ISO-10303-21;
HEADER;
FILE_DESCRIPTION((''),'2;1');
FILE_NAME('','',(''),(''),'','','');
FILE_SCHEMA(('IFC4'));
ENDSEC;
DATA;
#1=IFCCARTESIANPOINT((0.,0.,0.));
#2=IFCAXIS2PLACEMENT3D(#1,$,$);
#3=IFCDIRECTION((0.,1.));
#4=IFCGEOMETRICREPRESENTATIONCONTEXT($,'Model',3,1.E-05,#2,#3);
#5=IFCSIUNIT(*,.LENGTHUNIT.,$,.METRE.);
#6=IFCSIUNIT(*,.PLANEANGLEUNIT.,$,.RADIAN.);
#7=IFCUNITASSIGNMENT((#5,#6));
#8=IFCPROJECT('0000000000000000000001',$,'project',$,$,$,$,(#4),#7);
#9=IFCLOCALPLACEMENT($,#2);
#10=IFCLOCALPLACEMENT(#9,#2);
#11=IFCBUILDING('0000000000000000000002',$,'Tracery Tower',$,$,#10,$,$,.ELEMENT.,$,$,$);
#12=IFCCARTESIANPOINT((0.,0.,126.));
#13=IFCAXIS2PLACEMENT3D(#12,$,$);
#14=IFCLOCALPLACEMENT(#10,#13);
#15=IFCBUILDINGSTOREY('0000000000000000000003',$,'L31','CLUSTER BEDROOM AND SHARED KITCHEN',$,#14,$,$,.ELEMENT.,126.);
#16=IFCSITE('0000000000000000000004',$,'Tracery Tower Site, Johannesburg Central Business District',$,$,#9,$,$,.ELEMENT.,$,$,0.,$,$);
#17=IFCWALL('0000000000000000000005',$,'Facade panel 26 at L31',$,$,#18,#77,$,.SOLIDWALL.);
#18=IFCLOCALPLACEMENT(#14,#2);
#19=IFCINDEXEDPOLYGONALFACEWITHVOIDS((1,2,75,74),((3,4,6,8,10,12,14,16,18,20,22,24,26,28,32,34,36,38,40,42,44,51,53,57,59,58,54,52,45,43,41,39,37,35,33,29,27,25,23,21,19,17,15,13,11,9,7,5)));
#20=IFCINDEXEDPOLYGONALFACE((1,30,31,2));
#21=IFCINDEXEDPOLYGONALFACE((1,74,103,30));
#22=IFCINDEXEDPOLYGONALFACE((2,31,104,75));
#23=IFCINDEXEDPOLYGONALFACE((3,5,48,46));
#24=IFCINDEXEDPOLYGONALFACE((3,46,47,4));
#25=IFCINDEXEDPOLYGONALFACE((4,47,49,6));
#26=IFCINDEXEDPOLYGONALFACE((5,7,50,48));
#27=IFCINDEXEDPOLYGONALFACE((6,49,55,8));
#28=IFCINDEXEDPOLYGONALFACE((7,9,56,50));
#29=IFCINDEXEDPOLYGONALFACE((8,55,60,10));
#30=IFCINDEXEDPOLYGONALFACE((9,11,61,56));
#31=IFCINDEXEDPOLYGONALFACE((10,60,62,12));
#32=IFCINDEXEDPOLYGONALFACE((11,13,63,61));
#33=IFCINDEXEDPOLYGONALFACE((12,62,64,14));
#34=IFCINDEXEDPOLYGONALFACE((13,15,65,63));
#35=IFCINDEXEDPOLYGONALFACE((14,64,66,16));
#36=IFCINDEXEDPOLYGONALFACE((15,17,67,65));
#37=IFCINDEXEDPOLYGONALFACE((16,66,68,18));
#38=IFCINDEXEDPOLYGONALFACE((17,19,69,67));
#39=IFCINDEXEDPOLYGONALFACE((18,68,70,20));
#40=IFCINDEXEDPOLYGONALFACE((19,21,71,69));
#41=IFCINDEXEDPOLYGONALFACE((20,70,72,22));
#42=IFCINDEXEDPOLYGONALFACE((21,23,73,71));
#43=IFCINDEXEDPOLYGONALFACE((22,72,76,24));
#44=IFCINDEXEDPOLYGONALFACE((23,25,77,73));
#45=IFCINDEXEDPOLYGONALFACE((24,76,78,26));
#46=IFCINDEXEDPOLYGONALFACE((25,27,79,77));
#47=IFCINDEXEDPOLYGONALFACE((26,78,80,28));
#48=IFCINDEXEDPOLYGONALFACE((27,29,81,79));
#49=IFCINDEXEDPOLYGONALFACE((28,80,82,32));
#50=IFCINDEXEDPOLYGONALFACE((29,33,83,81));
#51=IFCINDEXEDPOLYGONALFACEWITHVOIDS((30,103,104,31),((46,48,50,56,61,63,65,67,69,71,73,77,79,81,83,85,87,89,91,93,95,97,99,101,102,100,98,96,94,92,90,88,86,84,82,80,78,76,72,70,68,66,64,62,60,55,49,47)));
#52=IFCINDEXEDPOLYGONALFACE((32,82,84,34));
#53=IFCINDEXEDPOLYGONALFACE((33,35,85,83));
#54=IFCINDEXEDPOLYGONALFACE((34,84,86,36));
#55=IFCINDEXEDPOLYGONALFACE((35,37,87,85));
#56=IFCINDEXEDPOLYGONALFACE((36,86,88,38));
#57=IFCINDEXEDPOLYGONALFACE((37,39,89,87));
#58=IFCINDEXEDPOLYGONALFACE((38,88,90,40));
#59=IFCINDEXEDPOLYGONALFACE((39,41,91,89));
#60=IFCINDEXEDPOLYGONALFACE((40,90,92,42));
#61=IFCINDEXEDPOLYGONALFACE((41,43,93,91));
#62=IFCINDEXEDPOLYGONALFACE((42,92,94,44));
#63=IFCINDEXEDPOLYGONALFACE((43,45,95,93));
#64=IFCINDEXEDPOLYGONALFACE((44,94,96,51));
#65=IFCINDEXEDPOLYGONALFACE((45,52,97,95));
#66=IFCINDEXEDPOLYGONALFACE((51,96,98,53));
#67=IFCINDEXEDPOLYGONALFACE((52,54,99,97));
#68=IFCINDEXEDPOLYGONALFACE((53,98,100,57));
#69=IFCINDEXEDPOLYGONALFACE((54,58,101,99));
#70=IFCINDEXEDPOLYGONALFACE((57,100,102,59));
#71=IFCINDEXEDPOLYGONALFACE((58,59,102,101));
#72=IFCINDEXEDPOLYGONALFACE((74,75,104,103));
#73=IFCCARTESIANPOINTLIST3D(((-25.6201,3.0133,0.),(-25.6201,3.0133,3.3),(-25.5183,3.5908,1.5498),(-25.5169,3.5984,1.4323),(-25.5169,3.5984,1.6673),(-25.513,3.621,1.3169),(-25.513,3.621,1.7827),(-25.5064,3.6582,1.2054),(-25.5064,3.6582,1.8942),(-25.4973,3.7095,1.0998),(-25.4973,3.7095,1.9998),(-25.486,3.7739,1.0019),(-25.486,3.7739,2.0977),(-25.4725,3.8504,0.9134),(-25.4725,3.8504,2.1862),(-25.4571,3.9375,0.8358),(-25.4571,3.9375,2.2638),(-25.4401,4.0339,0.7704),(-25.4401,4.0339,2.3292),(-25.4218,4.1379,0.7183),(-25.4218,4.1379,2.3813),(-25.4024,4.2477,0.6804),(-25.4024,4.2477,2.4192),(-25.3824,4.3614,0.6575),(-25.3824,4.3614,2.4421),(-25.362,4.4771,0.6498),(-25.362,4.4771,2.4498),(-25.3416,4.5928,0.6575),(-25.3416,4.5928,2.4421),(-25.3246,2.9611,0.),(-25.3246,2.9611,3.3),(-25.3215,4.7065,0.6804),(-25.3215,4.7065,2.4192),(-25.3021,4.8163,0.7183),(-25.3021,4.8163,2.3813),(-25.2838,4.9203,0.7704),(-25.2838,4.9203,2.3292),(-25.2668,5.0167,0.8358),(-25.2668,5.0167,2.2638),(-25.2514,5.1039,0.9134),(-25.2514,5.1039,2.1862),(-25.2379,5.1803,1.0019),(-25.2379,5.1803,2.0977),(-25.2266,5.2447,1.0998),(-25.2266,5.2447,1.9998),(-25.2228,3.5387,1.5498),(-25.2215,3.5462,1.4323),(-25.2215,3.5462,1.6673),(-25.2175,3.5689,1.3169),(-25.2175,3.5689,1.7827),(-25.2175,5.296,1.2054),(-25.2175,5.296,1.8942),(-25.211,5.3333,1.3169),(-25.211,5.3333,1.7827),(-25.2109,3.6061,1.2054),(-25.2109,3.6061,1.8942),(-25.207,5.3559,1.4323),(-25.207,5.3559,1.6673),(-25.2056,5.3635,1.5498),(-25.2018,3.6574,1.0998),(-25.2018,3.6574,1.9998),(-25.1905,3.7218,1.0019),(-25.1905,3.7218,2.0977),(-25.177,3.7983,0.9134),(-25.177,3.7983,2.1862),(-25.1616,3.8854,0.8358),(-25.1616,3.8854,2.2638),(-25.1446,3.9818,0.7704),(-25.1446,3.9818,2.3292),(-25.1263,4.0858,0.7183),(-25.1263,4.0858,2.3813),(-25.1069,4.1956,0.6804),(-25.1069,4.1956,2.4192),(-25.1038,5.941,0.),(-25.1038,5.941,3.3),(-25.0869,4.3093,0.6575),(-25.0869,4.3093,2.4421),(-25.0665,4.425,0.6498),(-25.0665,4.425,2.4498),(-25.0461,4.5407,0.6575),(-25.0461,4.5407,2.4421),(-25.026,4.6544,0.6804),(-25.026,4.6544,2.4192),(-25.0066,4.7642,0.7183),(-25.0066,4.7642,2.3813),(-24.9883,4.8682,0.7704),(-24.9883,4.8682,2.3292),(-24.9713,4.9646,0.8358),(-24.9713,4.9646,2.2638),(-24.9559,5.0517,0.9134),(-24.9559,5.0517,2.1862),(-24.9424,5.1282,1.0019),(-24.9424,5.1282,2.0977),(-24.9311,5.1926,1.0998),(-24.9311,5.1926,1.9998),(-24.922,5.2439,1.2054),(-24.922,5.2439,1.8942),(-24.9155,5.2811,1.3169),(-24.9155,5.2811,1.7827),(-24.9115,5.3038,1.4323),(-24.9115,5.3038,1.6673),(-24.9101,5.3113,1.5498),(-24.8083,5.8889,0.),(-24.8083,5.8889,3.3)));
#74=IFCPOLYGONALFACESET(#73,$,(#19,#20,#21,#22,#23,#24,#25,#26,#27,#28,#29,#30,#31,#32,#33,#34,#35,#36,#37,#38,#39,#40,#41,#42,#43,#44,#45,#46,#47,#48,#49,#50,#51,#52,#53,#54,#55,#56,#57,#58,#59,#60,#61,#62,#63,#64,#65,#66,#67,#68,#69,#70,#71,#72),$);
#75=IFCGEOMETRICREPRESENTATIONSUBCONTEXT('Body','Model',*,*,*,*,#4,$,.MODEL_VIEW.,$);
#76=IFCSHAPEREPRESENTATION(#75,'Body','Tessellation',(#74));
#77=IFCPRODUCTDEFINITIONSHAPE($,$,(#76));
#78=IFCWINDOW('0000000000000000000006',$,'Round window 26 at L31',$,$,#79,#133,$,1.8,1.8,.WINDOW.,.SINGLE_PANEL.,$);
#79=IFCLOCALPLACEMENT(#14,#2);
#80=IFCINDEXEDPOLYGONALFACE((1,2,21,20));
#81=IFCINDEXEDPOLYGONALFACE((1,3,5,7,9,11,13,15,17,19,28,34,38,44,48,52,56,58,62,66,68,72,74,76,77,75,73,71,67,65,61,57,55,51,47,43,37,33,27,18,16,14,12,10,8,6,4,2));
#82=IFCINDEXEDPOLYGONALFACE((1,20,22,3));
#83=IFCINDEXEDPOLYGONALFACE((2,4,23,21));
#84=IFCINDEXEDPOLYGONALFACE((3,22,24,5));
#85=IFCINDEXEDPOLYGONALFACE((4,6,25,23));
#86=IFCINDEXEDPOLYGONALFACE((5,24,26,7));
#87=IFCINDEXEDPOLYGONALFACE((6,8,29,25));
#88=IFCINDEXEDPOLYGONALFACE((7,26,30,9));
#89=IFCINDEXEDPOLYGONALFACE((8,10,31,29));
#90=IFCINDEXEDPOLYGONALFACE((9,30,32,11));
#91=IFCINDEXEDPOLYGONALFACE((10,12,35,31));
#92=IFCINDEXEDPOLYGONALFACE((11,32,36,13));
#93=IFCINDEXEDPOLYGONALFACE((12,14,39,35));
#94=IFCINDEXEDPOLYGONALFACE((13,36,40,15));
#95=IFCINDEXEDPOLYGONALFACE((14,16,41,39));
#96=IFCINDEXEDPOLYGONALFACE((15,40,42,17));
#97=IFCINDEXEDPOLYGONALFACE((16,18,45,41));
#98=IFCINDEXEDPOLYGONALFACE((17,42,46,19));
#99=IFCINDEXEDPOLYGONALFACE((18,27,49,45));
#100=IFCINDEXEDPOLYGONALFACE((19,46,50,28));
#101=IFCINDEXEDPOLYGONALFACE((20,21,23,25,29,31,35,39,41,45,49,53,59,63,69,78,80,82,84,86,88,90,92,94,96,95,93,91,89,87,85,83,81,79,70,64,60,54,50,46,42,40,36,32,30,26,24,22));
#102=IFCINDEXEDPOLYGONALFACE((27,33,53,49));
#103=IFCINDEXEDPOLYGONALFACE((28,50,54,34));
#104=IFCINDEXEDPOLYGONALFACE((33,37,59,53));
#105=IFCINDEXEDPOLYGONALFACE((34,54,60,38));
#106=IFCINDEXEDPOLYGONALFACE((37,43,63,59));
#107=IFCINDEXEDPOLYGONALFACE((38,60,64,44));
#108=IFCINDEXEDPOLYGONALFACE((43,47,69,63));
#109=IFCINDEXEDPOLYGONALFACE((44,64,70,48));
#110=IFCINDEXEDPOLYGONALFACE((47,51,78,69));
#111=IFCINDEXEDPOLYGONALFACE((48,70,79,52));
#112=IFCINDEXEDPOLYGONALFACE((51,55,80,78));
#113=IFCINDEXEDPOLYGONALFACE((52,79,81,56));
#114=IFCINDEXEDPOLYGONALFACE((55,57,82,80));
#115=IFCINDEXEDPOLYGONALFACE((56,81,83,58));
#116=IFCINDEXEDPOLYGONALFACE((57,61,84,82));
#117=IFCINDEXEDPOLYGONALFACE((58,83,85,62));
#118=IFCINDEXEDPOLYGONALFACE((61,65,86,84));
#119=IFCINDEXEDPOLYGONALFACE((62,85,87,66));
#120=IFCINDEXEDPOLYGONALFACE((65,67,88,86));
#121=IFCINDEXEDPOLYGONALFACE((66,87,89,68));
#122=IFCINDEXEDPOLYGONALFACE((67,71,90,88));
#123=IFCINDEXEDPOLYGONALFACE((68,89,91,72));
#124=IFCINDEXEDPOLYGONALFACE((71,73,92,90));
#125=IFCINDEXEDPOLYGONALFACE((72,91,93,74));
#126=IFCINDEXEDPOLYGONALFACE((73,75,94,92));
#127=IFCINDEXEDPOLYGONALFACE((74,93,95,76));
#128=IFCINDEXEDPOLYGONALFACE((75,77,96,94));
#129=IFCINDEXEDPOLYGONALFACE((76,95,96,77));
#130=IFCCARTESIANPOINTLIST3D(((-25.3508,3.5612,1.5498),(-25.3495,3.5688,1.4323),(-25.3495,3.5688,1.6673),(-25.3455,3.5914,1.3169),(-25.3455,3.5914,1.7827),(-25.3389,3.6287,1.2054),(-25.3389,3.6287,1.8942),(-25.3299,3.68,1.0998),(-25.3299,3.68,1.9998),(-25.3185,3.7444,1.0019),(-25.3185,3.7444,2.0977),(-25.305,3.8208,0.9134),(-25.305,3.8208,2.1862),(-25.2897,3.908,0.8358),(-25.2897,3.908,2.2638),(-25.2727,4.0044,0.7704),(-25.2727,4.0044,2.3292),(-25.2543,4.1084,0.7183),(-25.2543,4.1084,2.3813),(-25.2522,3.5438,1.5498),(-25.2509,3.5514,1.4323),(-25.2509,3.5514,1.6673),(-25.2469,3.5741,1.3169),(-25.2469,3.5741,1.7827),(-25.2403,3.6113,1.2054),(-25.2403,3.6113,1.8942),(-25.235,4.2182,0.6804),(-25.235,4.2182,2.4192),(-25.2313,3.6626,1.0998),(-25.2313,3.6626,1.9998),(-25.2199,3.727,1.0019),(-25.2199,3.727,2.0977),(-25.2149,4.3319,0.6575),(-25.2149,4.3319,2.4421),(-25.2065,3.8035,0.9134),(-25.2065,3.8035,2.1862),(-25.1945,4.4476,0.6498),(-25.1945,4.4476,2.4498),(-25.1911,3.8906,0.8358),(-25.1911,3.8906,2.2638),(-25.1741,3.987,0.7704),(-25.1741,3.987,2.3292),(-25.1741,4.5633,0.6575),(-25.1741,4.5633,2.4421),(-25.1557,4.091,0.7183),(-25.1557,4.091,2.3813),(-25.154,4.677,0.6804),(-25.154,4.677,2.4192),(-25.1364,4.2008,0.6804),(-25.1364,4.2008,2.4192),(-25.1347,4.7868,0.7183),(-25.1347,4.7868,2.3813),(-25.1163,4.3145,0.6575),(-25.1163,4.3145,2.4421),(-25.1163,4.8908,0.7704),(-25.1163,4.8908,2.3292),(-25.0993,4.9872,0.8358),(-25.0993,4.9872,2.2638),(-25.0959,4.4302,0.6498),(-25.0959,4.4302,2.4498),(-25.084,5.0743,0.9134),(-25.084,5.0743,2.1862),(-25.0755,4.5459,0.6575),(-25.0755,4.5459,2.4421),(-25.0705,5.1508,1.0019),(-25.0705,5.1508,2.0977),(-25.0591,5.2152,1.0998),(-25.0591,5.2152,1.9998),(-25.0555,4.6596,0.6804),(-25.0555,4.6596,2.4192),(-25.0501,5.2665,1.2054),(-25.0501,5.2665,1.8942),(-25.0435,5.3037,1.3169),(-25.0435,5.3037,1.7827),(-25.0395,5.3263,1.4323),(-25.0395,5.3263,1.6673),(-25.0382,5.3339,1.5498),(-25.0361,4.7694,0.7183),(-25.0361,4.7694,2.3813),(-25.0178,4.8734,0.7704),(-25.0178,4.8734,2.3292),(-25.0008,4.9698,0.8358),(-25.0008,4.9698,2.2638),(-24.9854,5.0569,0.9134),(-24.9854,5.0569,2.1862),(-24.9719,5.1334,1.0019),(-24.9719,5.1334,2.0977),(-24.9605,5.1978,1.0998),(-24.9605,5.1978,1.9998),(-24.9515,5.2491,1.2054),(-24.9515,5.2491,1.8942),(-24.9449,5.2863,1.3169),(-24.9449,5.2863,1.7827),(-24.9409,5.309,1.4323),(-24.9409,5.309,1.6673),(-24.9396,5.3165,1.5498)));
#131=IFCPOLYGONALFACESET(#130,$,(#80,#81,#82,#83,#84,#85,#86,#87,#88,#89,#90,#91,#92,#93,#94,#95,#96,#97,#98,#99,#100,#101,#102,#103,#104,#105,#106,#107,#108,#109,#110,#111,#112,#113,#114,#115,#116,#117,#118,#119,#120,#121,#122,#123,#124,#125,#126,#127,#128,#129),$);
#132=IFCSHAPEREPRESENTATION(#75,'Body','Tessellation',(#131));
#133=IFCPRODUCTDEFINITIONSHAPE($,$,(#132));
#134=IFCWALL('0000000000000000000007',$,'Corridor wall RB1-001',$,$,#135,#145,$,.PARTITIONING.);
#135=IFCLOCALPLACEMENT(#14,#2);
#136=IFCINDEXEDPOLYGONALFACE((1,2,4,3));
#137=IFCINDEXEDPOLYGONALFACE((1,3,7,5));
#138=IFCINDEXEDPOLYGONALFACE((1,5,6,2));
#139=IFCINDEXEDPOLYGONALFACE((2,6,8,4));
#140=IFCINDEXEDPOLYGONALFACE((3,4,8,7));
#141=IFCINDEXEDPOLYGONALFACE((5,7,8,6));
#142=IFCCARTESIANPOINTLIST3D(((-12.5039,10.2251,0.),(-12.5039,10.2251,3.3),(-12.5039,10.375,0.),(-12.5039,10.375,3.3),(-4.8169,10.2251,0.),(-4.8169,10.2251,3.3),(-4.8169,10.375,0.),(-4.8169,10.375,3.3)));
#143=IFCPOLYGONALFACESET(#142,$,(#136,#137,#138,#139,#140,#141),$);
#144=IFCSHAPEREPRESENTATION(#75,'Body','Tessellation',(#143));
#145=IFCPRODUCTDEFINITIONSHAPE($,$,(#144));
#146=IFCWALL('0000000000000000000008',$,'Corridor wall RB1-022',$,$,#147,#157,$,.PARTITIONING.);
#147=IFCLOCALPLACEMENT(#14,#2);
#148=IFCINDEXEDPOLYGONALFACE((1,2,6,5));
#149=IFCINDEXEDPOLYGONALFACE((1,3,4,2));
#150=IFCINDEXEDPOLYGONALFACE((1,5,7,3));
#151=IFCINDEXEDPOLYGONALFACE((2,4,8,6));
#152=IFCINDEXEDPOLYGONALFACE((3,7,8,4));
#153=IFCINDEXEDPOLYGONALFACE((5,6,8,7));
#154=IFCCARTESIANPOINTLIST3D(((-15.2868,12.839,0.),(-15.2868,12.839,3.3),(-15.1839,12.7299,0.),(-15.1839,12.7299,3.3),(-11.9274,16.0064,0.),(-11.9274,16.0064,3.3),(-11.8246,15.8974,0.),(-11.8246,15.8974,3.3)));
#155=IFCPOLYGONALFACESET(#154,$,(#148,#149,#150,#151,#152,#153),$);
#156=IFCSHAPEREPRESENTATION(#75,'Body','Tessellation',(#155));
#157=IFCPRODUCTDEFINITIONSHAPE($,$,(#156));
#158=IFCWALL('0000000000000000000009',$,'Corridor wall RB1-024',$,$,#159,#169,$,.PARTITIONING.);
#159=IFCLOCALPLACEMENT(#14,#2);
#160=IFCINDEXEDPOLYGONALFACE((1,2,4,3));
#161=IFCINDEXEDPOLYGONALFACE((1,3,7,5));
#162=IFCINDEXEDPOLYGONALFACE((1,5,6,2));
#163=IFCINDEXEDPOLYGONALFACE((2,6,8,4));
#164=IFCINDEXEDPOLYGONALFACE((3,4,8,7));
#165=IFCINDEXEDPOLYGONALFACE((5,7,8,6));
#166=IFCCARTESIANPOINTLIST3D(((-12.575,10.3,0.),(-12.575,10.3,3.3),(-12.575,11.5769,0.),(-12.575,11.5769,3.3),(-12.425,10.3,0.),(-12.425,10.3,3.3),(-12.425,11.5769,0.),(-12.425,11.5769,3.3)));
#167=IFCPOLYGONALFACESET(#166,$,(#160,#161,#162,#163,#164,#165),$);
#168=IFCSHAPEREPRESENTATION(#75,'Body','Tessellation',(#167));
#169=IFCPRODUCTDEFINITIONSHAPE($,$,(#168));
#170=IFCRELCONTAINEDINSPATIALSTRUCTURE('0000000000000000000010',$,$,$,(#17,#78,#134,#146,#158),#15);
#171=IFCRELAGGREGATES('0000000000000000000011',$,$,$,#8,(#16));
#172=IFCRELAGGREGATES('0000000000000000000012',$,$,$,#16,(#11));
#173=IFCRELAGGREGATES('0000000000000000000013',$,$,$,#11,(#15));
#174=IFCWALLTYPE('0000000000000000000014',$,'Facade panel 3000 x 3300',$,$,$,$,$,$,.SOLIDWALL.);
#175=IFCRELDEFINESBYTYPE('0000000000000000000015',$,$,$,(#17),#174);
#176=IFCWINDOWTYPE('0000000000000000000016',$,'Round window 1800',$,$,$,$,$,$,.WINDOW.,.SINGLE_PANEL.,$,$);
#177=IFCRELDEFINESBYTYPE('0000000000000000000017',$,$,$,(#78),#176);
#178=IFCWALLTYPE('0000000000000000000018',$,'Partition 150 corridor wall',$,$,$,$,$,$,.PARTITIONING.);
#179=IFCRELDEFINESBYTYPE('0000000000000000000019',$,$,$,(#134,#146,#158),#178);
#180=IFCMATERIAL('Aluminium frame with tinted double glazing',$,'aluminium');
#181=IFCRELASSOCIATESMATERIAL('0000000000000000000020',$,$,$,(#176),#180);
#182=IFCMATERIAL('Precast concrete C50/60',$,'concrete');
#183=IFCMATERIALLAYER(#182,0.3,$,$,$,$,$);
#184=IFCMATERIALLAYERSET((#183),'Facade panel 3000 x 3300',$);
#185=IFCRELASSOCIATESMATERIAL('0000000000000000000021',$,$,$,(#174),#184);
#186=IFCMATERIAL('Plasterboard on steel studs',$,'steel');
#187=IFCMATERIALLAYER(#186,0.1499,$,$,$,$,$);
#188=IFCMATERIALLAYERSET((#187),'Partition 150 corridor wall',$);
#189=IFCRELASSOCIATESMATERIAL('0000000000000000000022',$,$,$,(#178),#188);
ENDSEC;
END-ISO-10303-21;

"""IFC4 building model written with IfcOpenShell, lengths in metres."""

from ifc_helpers import new_model, si_unit, direction, frame, frame_2d, origin, origin_2d, place, context, subcontext, project, spatial, rectangle, circle, extrude, material, layer, layer_set, type_object, element, fill, save


model = new_model("IFC4")

# Units and contexts
model_context = context("Model", 3, precision=1e-05, world=origin(), true_north=direction((0.0, 1.0)))
body_context = subcontext(model_context, "Body", "Model", "MODEL_VIEW")
ifc_project = project(units=[si_unit("LENGTHUNIT", "METRE"), si_unit("PLANEANGLEUNIT", "RADIAN")], contexts=[model_context])

# Site, building, storey
site_placement = place(None, origin())
site = spatial("IfcSite", under=ifc_project, at=site_placement, Name="Tracery Tower Site, Johannesburg Central Business District", CompositionType="ELEMENT", RefElevation=0.0)
building_placement = place(site_placement, origin())
building = spatial("IfcBuilding", under=site, at=building_placement, Name="Tracery Tower", CompositionType="ELEMENT")
storey_placement = place(building_placement, frame((0.0, 0.0, 126.0)))
storey = spatial("IfcBuildingStorey", under=building, at=storey_placement, Name="L31", Description="CLUSTER BEDROOM AND SHARED KITCHEN", CompositionType="ELEMENT", Elevation=126.0)

# Wall, opening, window
ifc_material_1 = material(Name="Aluminium frame with tinted double glazing", Category="aluminium")
window_type = type_object("IfcWindowType", Name="Round window 1800", PartitioningType="SINGLE_PANEL", PredefinedType="WINDOW", material=ifc_material_1)
ifc_material_2 = material(Name="Precast concrete C50/60", Category="concrete")
ifc_layer_1 = layer(ifc_material_2, 0.3)
ifc_layer_set_1 = layer_set([ifc_layer_1], Name="Facade panel 3000 x 3300")
wall_type_1 = type_object("IfcWallType", Name="Facade panel 3000 x 3300", PredefinedType="SOLIDWALL", material=ifc_layer_set_1)
wall_1_placement = place(storey_placement, frame((-24.9561, 5.9148, 0.0), z_axis=(0.0, 0.0, 1.0), x_axis=(-0.173687, -0.984801, 0.0)))
wall_1 = element("IfcWall", 1, at=wall_1_placement, inside=storey, type_object=wall_type_1, Name="Facade panel 26 at L31", PredefinedType="SOLIDWALL", context=body_context, shape_type="SweptSolid", body=[
    extrude(rectangle(XDim=2.9729, YDim=0.3, at=frame_2d((1.4863, 0.0))), origin(), (0.0, 0.0, 1.0), 3.3),
])
opening_1_placement = place(wall_1_placement, frame((1.4863, 0.0, 1.5498)))
opening_1 = element("IfcOpeningElement", 2, at=opening_1_placement, cuts=wall_1, PredefinedType="OPENING", context=body_context, shape_type="SweptSolid", body=[
    extrude(circle(Radius=0.9, at=origin_2d()), frame((0.0, 0.1599, 0.0), z_axis=(0.0, -1.0, 0.0), x_axis=(1.0, 0.0, 0.0)), (0.0, 0.0, 1.0), 0.3201),
])
window_1_placement = place(opening_1_placement, origin())
window_1 = element("IfcWindow", 3, at=window_1_placement, inside=storey, type_object=window_type, Name="Round window 26 at L31", OverallHeight=1.8, OverallWidth=1.8, PartitioningType="SINGLE_PANEL", PredefinedType="WINDOW", context=body_context, shape_type="SweptSolid", body=[
    extrude(circle(Radius=0.9, at=origin_2d()), frame((0.0, 0.1201, 0.0), z_axis=(0.0, -1.0, 0.0), x_axis=(1.0, 0.0, 0.0)), (0.0, 0.0, 1.0), 0.1001),
])
fill(opening_1, window_1)

# Walls
ifc_material_3 = material(Name="Plasterboard on steel studs", Category="steel")
ifc_layer_2 = layer(ifc_material_3, 0.1499)
ifc_layer_set_2 = layer_set([ifc_layer_2], Name="Partition 150 corridor wall")
wall_type_2 = type_object("IfcWallType", Name="Partition 150 corridor wall", PredefinedType="PARTITIONING", material=ifc_layer_set_2)
wall_2_placement = place(storey_placement, frame((-12.5039, 10.3, 0.0), z_axis=(0.0, 0.0, 1.0), x_axis=(1.0, 0.0, 0.0)))
element("IfcWall", 4, at=wall_2_placement, inside=storey, type_object=wall_type_2, Name="Corridor wall RB1-001", PredefinedType="PARTITIONING", context=body_context, shape_type="SweptSolid", body=[
    extrude(rectangle(XDim=7.687, YDim=0.1499, at=frame_2d((3.8435, 0.0))), origin(), (0.0, 0.0, 1.0), 3.3),
])
wall_3_placement = place(storey_placement, frame((-15.2354, 12.7844, 0.0), z_axis=(0.0, 0.0, 1.0), x_axis=(0.727582, 0.686021, 0.0)))
element("IfcWall", 5, at=wall_3_placement, inside=storey, type_object=wall_type_2, Name="Corridor wall RB1-022", PredefinedType="PARTITIONING", context=body_context, shape_type="SweptSolid", body=[
    extrude(rectangle(XDim=4.6172, YDim=0.1499, at=frame_2d((2.3086, 0.0))), origin(), (0.0, 0.0, 1.0), 3.3),
])
wall_4_placement = place(storey_placement, frame((-12.5, 10.3, 0.0), z_axis=(0.0, 0.0, 1.0), x_axis=(0.0, 1.0, 0.0)))
element("IfcWall", 6, at=wall_4_placement, inside=storey, type_object=wall_type_2, Name="Corridor wall RB1-024", PredefinedType="PARTITIONING", context=body_context, shape_type="SweptSolid", body=[
    extrude(rectangle(XDim=1.2769, YDim=0.1499, at=frame_2d((0.6384, 0.0))), origin(), (0.0, 0.0, 1.0), 3.3),
])

save(model, "model.ifc")
